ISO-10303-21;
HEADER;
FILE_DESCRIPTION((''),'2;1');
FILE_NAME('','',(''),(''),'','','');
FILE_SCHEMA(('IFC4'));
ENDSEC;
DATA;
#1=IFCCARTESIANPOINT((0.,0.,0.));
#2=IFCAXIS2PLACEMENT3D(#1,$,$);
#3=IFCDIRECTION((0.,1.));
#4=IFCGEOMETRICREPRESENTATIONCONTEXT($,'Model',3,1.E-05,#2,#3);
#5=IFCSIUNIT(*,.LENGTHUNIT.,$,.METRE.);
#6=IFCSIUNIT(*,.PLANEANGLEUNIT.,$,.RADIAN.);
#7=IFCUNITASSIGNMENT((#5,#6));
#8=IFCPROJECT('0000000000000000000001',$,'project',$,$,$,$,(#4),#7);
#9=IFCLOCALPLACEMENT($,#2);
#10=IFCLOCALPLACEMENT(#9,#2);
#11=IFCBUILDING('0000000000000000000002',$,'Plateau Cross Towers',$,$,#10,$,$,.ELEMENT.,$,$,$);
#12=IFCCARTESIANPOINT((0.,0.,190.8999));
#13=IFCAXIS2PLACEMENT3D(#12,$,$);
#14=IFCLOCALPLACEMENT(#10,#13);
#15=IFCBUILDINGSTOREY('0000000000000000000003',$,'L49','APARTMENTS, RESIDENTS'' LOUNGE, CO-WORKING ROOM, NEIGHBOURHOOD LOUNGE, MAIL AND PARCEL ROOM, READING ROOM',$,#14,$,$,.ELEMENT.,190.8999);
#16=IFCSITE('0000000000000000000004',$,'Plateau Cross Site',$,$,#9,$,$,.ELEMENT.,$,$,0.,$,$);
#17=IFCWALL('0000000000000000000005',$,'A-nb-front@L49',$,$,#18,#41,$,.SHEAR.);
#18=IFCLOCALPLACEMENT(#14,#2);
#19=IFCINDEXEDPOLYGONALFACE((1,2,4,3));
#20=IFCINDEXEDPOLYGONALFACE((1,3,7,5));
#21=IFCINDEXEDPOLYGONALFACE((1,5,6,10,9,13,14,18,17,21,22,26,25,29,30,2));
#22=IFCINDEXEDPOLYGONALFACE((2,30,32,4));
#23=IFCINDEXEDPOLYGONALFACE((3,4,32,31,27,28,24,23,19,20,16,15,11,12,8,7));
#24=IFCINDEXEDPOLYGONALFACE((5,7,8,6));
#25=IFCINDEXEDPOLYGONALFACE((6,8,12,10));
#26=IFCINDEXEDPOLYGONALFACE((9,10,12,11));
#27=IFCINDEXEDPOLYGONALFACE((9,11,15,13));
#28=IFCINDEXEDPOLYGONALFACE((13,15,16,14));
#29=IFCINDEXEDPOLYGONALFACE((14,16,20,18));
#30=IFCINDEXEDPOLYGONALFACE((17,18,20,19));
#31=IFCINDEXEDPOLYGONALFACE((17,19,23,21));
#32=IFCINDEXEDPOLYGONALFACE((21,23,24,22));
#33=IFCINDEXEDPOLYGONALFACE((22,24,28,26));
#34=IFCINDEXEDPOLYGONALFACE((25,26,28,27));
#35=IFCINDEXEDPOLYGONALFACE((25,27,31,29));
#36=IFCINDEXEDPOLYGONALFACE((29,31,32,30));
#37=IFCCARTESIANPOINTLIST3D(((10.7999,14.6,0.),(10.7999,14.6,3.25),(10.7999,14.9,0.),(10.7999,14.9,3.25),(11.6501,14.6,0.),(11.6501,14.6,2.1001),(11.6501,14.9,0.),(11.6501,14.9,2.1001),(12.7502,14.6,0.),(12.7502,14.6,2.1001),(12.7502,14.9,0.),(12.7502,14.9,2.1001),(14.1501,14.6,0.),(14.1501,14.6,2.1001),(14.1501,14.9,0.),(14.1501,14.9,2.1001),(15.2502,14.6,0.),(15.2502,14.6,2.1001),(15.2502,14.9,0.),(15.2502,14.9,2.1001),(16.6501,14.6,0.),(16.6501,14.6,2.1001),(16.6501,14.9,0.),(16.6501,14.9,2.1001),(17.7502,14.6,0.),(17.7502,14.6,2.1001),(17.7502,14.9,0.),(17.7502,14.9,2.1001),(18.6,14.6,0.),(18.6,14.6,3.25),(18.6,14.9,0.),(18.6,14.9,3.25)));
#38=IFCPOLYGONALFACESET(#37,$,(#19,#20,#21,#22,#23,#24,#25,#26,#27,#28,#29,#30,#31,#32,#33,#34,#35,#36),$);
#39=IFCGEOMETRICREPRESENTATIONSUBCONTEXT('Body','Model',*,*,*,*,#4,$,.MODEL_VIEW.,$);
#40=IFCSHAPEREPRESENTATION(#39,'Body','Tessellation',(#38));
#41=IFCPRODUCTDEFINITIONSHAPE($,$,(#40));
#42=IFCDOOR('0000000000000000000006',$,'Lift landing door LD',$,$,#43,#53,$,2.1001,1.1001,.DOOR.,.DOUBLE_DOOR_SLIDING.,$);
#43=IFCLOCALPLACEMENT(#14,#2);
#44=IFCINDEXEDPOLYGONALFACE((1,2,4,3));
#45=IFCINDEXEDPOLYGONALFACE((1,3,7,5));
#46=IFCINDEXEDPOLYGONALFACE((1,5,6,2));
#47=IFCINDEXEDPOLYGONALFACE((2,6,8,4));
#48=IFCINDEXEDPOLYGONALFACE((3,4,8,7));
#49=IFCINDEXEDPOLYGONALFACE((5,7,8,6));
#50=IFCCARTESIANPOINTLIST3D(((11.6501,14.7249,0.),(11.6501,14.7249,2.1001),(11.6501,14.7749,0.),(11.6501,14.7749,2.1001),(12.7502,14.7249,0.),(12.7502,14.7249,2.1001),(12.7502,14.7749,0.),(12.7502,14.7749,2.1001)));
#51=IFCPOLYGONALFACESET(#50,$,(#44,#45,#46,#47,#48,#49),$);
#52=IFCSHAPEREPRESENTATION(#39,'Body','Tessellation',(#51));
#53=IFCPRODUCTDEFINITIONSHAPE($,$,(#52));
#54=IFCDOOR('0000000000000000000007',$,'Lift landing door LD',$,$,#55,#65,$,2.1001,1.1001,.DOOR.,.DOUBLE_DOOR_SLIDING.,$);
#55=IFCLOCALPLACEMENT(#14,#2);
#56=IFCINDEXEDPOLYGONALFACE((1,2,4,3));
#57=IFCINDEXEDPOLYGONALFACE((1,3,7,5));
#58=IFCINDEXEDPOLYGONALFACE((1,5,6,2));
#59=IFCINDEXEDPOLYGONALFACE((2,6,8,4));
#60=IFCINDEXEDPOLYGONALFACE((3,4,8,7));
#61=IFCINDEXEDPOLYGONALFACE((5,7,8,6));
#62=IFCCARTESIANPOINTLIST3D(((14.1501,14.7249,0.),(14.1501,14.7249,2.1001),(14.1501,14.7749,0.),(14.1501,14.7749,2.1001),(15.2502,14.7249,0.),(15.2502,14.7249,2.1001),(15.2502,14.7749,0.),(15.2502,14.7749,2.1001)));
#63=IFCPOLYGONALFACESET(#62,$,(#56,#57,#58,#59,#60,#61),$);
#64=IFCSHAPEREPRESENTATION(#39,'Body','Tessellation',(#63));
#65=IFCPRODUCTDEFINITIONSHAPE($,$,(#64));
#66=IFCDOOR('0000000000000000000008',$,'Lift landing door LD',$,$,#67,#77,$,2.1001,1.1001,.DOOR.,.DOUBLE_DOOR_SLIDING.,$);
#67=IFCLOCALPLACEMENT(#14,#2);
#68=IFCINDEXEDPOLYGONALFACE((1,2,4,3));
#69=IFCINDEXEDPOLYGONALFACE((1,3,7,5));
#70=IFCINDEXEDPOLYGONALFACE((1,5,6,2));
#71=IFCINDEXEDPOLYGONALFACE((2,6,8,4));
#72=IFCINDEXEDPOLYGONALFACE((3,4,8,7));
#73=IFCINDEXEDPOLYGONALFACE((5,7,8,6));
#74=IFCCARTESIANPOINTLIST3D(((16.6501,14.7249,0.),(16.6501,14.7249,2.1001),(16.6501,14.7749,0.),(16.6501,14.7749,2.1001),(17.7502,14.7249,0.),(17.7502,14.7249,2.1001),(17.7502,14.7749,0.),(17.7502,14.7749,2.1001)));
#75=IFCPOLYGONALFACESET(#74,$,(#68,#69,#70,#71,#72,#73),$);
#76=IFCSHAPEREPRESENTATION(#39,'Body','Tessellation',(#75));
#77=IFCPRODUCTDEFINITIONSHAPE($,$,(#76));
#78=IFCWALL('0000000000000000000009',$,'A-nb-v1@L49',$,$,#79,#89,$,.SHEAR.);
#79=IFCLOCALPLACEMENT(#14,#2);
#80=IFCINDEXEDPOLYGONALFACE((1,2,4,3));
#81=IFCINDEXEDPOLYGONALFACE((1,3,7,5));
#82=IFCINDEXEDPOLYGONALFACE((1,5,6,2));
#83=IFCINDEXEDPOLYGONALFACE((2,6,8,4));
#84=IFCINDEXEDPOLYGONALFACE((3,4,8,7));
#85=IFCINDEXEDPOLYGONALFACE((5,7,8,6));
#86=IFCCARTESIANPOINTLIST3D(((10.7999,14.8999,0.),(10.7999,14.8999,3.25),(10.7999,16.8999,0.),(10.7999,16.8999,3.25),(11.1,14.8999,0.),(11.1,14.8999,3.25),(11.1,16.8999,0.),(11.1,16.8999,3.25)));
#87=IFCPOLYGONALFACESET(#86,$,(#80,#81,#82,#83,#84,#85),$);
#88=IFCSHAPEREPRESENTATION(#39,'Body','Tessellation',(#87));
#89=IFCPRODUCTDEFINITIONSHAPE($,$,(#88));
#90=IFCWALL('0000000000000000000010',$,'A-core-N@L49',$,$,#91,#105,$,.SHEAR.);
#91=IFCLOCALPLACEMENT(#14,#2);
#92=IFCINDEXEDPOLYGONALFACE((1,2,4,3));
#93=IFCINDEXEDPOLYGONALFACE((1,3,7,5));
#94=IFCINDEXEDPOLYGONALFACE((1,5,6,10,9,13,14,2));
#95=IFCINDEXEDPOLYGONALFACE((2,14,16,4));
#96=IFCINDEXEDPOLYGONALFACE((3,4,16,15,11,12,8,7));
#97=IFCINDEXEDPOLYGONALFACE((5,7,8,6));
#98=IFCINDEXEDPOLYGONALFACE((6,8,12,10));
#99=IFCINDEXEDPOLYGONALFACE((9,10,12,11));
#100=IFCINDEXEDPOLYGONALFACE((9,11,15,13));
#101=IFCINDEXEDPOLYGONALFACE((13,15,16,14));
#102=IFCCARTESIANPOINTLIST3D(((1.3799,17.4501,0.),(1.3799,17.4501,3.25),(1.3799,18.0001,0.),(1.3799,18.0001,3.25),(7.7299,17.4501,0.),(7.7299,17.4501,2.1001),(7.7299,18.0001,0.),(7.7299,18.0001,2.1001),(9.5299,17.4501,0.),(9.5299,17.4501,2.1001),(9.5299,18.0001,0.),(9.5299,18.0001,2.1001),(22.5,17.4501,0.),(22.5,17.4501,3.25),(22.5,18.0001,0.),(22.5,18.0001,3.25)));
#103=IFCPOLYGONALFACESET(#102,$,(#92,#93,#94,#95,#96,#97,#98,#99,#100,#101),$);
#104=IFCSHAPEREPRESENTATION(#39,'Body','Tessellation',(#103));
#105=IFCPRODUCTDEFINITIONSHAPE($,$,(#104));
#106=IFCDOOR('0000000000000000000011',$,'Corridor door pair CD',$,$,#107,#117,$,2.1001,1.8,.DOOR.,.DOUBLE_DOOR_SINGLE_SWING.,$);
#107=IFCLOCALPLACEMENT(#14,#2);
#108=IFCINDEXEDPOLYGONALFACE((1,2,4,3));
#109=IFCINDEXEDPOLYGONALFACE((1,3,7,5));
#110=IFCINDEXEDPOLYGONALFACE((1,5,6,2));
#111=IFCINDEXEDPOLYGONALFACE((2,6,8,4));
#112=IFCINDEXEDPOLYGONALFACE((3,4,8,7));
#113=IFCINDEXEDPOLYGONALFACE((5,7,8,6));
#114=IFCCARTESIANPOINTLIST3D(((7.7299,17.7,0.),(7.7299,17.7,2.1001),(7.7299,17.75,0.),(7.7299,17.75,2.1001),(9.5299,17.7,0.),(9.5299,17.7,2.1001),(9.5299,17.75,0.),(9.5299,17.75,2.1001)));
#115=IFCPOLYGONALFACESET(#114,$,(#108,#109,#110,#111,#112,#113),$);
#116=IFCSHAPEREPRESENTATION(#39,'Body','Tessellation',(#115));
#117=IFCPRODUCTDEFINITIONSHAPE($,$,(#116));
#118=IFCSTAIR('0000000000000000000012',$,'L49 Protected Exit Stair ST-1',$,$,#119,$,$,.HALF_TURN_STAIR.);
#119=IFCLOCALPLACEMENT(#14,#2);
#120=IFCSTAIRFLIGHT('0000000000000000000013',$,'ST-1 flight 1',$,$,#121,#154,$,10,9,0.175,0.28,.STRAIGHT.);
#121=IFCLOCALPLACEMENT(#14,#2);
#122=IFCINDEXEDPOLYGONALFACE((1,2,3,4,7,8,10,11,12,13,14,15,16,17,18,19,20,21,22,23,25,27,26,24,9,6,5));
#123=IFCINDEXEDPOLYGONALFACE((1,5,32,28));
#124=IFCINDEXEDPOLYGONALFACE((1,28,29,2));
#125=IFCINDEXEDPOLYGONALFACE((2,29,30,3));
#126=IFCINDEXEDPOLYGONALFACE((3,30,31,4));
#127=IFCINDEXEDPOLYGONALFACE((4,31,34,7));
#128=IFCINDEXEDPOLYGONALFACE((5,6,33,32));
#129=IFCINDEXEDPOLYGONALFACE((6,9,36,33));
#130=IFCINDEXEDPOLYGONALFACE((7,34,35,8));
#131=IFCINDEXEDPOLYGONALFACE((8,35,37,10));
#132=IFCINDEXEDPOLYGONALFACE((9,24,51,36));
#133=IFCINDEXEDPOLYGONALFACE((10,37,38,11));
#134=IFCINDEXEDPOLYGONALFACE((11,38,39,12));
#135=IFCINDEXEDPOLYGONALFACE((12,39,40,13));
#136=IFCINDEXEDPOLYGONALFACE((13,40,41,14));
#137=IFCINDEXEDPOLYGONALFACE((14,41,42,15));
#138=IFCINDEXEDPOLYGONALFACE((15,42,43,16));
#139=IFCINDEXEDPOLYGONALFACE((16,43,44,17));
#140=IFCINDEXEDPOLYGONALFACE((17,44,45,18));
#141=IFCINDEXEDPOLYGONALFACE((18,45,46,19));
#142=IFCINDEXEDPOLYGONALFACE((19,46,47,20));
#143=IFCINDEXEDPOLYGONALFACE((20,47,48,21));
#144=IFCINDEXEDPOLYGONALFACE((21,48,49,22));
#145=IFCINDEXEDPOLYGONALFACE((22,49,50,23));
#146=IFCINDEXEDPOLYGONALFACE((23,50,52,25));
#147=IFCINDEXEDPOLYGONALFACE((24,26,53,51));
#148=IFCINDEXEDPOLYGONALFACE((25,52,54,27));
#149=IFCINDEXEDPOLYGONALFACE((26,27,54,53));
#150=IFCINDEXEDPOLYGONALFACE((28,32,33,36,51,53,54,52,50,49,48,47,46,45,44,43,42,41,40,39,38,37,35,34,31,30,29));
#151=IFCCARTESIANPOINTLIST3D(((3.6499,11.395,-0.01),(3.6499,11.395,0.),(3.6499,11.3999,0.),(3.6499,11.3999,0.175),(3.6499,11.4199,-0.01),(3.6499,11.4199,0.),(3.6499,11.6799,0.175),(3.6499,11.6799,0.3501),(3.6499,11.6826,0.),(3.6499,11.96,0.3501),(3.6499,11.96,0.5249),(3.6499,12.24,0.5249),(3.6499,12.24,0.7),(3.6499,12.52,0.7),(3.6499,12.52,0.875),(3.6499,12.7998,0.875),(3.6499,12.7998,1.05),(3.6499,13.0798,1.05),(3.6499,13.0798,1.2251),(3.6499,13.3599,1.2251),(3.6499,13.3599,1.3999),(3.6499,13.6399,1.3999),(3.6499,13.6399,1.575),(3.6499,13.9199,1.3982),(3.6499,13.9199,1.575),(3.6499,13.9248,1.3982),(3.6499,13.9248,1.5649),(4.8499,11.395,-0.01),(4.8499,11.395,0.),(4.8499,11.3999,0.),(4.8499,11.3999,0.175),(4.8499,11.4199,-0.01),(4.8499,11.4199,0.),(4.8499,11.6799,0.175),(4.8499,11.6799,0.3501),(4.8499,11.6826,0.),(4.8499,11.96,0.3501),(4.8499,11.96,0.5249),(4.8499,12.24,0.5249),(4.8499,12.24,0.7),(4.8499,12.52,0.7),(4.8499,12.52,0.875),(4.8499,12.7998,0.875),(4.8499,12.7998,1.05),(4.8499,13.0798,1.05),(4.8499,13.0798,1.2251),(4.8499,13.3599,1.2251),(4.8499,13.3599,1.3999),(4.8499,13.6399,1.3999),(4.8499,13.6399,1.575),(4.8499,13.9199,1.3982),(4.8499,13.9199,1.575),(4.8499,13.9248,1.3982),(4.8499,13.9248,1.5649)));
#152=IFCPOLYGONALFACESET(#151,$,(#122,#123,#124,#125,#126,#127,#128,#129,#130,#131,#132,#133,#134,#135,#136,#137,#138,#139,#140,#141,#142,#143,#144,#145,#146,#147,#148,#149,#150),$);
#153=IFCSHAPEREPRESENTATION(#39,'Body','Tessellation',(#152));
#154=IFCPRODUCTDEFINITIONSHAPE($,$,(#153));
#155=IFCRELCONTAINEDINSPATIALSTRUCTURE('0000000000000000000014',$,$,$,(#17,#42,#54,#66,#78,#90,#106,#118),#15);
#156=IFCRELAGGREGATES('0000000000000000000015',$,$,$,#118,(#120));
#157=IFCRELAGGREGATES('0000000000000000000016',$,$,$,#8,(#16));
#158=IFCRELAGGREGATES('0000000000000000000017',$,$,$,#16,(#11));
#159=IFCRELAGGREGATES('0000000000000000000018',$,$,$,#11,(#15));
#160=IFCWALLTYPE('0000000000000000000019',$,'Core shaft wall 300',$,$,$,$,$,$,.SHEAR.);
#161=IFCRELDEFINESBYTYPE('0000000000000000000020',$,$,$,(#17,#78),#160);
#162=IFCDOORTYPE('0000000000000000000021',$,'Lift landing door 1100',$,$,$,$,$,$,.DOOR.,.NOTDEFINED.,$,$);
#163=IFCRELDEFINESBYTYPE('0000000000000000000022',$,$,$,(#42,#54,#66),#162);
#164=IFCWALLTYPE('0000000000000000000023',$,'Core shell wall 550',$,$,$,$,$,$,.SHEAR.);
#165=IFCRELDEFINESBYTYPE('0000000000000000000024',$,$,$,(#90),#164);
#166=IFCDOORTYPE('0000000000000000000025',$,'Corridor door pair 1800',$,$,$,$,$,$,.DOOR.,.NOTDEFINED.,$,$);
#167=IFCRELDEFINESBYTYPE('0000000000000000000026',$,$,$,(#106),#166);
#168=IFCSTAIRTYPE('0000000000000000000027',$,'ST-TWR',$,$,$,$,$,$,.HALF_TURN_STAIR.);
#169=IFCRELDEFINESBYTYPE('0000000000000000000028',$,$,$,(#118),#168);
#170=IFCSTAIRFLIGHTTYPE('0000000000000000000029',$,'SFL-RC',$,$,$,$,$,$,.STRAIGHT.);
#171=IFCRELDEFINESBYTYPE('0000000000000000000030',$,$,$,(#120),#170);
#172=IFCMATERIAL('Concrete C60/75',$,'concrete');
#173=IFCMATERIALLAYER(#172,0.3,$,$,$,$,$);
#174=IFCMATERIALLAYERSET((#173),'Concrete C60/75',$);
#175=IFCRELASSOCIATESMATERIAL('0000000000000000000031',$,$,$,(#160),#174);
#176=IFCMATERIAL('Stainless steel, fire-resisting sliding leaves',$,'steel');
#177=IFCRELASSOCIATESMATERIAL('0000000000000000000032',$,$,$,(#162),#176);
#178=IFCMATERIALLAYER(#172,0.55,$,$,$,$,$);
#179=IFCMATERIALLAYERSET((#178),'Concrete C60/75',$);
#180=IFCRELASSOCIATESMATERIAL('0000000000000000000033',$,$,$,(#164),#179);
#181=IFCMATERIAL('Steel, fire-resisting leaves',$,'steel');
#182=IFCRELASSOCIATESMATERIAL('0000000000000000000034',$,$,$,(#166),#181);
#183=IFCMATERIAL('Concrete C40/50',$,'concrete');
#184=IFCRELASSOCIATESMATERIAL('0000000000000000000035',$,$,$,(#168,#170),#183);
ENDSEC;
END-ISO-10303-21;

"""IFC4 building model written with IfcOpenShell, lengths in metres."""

from ifc_helpers import new_model, si_unit, direction, frame, frame_2d, origin, place, context, subcontext, project, spatial, polyline, rectangle, outline, extrude, material, layer, layer_set, type_object, element, fill, aggregate, save


model = new_model("IFC4")

# Units and contexts
model_context = context("Model", 3, precision=1e-05, world=origin(), true_north=direction((0.0, 1.0)))
body_context = subcontext(model_context, "Body", "Model", "MODEL_VIEW")
ifc_project = project(units=[si_unit("LENGTHUNIT", "METRE"), si_unit("PLANEANGLEUNIT", "RADIAN")], contexts=[model_context])

# Site, building, storey
site_placement = place(None, origin())
site = spatial("IfcSite", under=ifc_project, at=site_placement, Name="Plateau Cross Site", CompositionType="ELEMENT", RefElevation=0.0)
building_placement = place(site_placement, origin())
building = spatial("IfcBuilding", under=site, at=building_placement, Name="Plateau Cross Towers", CompositionType="ELEMENT")
storey_placement = place(building_placement, frame((0.0, 0.0, 190.8999)))
storey = spatial("IfcBuildingStorey", under=building, at=storey_placement, Name="L49", Description="APARTMENTS, RESIDENTS' LOUNGE, CO-WORKING ROOM, NEIGHBOURHOOD LOUNGE, MAIL AND PARCEL ROOM, READING ROOM", CompositionType="ELEMENT", Elevation=190.8999)

# Shared definitions
ifc_material_1 = material(Name="Concrete C60/75", Category="concrete")

# Shared definitions
ifc_layer_1 = layer(ifc_material_1, 0.3)
ifc_layer_set_1 = layer_set([ifc_layer_1], Name="Concrete C60/75")
wall_type_1 = type_object("IfcWallType", Name="Core shaft wall 300", PredefinedType="SHEAR", material=ifc_layer_set_1)

# Wall, openings, doors
wall_1_placement = place(storey_placement, frame((10.8, 14.75, 0.0), z_axis=(0.0, 0.0, 1.0), x_axis=(1.0, 0.0, 0.0)))
wall_1 = element("IfcWall", 1, at=wall_1_placement, inside=storey, type_object=wall_type_1, Name="A-nb-front@L49", PredefinedType="SHEAR", context=body_context, shape_type="SweptSolid", body=[
    extrude(rectangle(XDim=7.8, YDim=0.3, at=frame_2d((3.8999, 0.0))), origin(), (0.0, 0.0, 1.0), 3.25),
])
opening_1_placement = place(wall_1_placement, frame((0.8501, 0.0, 0.0)))
opening_1 = element("IfcOpeningElement", 2, at=opening_1_placement, cuts=wall_1, PredefinedType="OPENING", context=body_context, shape_type="SweptSolid", body=[
    extrude(rectangle(XDim=1.1001, YDim=2.1001, at=frame_2d((0.55, 1.05))), frame((0.0, 0.1599, 0.0), z_axis=(0.0, -1.0, 0.0), x_axis=(1.0, 0.0, 0.0)), (0.0, 0.0, 1.0), 0.3201),
])
opening_2_placement = place(wall_1_placement, frame((3.3501, 0.0, 0.0)))
opening_2 = element("IfcOpeningElement", 3, at=opening_2_placement, cuts=wall_1, PredefinedType="OPENING", context=body_context, shape_type="SweptSolid", body=[
    extrude(rectangle(XDim=1.1001, YDim=2.1001, at=frame_2d((0.55, 1.05))), frame((0.0, 0.1599, 0.0), z_axis=(0.0, -1.0, 0.0), x_axis=(1.0, 0.0, 0.0)), (0.0, 0.0, 1.0), 0.3201),
])
opening_3_placement = place(wall_1_placement, frame((5.8501, 0.0, 0.0)))
opening_3 = element("IfcOpeningElement", 4, at=opening_3_placement, cuts=wall_1, PredefinedType="OPENING", context=body_context, shape_type="SweptSolid", body=[
    extrude(rectangle(XDim=1.1001, YDim=2.1001, at=frame_2d((0.55, 1.05))), frame((0.0, 0.1599, 0.0), z_axis=(0.0, -1.0, 0.0), x_axis=(1.0, 0.0, 0.0)), (0.0, 0.0, 1.0), 0.3201),
])
ifc_material_2 = material(Name="Stainless steel, fire-resisting sliding leaves", Category="steel")
door_type_1 = type_object("IfcDoorType", Name="Lift landing door 1100", OperationType="NOTDEFINED", PredefinedType="DOOR", material=ifc_material_2)
door_1_placement = place(opening_1_placement, origin())
door_1 = element("IfcDoor", 5, at=door_1_placement, inside=storey, type_object=door_type_1, Name="Lift landing door LD", OperationType="DOUBLE_DOOR_SLIDING", OverallHeight=2.1001, OverallWidth=1.1001, PredefinedType="DOOR", context=body_context, shape_type="SweptSolid", body=[
    extrude(rectangle(XDim=1.1001, YDim=2.1001, at=frame_2d((0.55, 1.05))), frame((0.0, 0.0249, 0.0), z_axis=(0.0, -1.0, 0.0), x_axis=(1.0, 0.0, 0.0)), (0.0, 0.0, 1.0), 0.05),
])
fill(opening_1, door_1)
door_2_placement = place(opening_2_placement, origin())
door_2 = element("IfcDoor", 6, at=door_2_placement, inside=storey, type_object=door_type_1, Name="Lift landing door LD", OperationType="DOUBLE_DOOR_SLIDING", OverallHeight=2.1001, OverallWidth=1.1001, PredefinedType="DOOR", context=body_context, shape_type="SweptSolid", body=[
    extrude(rectangle(XDim=1.1001, YDim=2.1001, at=frame_2d((0.55, 1.05))), frame((0.0, 0.0249, 0.0), z_axis=(0.0, -1.0, 0.0), x_axis=(1.0, 0.0, 0.0)), (0.0, 0.0, 1.0), 0.05),
])
fill(opening_2, door_2)
door_3_placement = place(opening_3_placement, origin())
door_3 = element("IfcDoor", 7, at=door_3_placement, inside=storey, type_object=door_type_1, Name="Lift landing door LD", OperationType="DOUBLE_DOOR_SLIDING", OverallHeight=2.1001, OverallWidth=1.1001, PredefinedType="DOOR", context=body_context, shape_type="SweptSolid", body=[
    extrude(rectangle(XDim=1.1001, YDim=2.1001, at=frame_2d((0.55, 1.05))), frame((0.0, 0.0249, 0.0), z_axis=(0.0, -1.0, 0.0), x_axis=(1.0, 0.0, 0.0)), (0.0, 0.0, 1.0), 0.05),
])
fill(opening_3, door_3)

# Wall
wall_2_placement = place(storey_placement, frame((10.95, 14.8999, 0.0), z_axis=(0.0, 0.0, 1.0), x_axis=(0.0, 1.0, 0.0)))
element("IfcWall", 8, at=wall_2_placement, inside=storey, type_object=wall_type_1, Name="A-nb-v1@L49", PredefinedType="SHEAR", context=body_context, shape_type="SweptSolid", body=[
    extrude(rectangle(XDim=2.0, YDim=0.3, at=frame_2d((1.0, 0.0))), origin(), (0.0, 0.0, 1.0), 3.25),
])

# Wall, opening, door
ifc_layer_2 = layer(ifc_material_1, 0.55)
ifc_layer_set_2 = layer_set([ifc_layer_2], Name="Concrete C60/75")
wall_type_2 = type_object("IfcWallType", Name="Core shell wall 550", PredefinedType="SHEAR", material=ifc_layer_set_2)
wall_3_placement = place(storey_placement, frame((1.3799, 17.7251, 0.0), z_axis=(0.0, 0.0, 1.0), x_axis=(1.0, 0.0, 0.0)))
wall_3 = element("IfcWall", 9, at=wall_3_placement, inside=storey, type_object=wall_type_2, Name="A-core-N@L49", PredefinedType="SHEAR", context=body_context, shape_type="SweptSolid", body=[
    extrude(rectangle(XDim=21.1201, YDim=0.55, at=frame_2d((10.5601, 0.0))), origin(), (0.0, 0.0, 1.0), 3.25),
])
opening_4_placement = place(wall_3_placement, frame((6.3501, 0.0, 0.0)))
opening_4 = element("IfcOpeningElement", 10, at=opening_4_placement, cuts=wall_3, PredefinedType="OPENING", context=body_context, shape_type="SweptSolid", body=[
    extrude(rectangle(XDim=1.8, YDim=2.1001, at=frame_2d((0.8999, 1.05))), frame((0.0, 0.2849, 0.0), z_axis=(0.0, -1.0, 0.0), x_axis=(1.0, 0.0, 0.0)), (0.0, 0.0, 1.0), 0.5701),
])
ifc_material_3 = material(Name="Steel, fire-resisting leaves", Category="steel")
door_type_2 = type_object("IfcDoorType", Name="Corridor door pair 1800", OperationType="NOTDEFINED", PredefinedType="DOOR", material=ifc_material_3)
door_4_placement = place(opening_4_placement, origin())
door_4 = element("IfcDoor", 11, at=door_4_placement, inside=storey, type_object=door_type_2, Name="Corridor door pair CD", OperationType="DOUBLE_DOOR_SINGLE_SWING", OverallHeight=2.1001, OverallWidth=1.8, PredefinedType="DOOR", context=body_context, shape_type="SweptSolid", body=[
    extrude(rectangle(XDim=1.8, YDim=2.1001, at=frame_2d((0.8999, 1.05))), frame((0.0, 0.0249, 0.0), z_axis=(0.0, -1.0, 0.0), x_axis=(1.0, 0.0, 0.0)), (0.0, 0.0, 1.0), 0.05),
])
fill(opening_4, door_4)

# Stair, stair flight
ifc_material_4 = material(Name="Concrete C40/50", Category="concrete")
stair_type = type_object("IfcStairType", Name="ST-TWR", PredefinedType="HALF_TURN_STAIR", material=ifc_material_4)
stair_placement = place(storey_placement, origin())
stair = element("IfcStair", 12, at=stair_placement, inside=storey, type_object=stair_type, Name="L49 Protected Exit Stair ST-1", PredefinedType="HALF_TURN_STAIR")
stair_flight_type = type_object("IfcStairFlightType", Name="SFL-RC", PredefinedType="STRAIGHT", material=ifc_material_4)
stair_flight_1_placement = place(storey_placement, frame((4.25, 11.3999, 0.0), z_axis=(0.0, 0.0, 1.0), x_axis=(0.0, 1.0, 0.0)))
stair_flight_1 = element("IfcStairFlight", 13, at=stair_flight_1_placement, type_object=stair_flight_type, Name="ST-1 flight 1", NumberOfRisers=10, NumberOfTreads=9, PredefinedType="STRAIGHT", RiserHeight=0.175, TreadLength=0.28, context=body_context, shape_type="SweptSolid", body=[
    extrude(outline(polyline([(-0.0049, -0.01), (-0.0049, 0.0), (0.0, 0.0), (0.0, 0.175), (0.28, 0.175), (0.28, 0.3501), (0.5601, 0.3501), (0.5601, 0.5249), (0.8401, 0.5249), (0.8401, 0.7), (1.1201, 0.7), (1.1201, 0.875), (1.3999, 0.875), (1.3999, 1.05), (1.6799, 1.05), (1.6799, 1.2251), (1.96, 1.2251), (1.96, 1.3999), (2.24, 1.3999), (2.24, 1.575), (2.52, 1.575), (2.5249, 1.5649), (2.5249, 1.3982), (2.52, 1.3982), (0.2827, 0.0), (0.02, 0.0), (0.02, -0.01), (-0.0049, -0.01)])), frame((0.0, 0.6001, 0.0), z_axis=(0.0, -1.0, 0.0), x_axis=(1.0, 0.0, 0.0)), (0.0, 0.0, 1.0), 1.2),
])
aggregate(stair, [stair_flight_1])

save(model, "model.ifc")
